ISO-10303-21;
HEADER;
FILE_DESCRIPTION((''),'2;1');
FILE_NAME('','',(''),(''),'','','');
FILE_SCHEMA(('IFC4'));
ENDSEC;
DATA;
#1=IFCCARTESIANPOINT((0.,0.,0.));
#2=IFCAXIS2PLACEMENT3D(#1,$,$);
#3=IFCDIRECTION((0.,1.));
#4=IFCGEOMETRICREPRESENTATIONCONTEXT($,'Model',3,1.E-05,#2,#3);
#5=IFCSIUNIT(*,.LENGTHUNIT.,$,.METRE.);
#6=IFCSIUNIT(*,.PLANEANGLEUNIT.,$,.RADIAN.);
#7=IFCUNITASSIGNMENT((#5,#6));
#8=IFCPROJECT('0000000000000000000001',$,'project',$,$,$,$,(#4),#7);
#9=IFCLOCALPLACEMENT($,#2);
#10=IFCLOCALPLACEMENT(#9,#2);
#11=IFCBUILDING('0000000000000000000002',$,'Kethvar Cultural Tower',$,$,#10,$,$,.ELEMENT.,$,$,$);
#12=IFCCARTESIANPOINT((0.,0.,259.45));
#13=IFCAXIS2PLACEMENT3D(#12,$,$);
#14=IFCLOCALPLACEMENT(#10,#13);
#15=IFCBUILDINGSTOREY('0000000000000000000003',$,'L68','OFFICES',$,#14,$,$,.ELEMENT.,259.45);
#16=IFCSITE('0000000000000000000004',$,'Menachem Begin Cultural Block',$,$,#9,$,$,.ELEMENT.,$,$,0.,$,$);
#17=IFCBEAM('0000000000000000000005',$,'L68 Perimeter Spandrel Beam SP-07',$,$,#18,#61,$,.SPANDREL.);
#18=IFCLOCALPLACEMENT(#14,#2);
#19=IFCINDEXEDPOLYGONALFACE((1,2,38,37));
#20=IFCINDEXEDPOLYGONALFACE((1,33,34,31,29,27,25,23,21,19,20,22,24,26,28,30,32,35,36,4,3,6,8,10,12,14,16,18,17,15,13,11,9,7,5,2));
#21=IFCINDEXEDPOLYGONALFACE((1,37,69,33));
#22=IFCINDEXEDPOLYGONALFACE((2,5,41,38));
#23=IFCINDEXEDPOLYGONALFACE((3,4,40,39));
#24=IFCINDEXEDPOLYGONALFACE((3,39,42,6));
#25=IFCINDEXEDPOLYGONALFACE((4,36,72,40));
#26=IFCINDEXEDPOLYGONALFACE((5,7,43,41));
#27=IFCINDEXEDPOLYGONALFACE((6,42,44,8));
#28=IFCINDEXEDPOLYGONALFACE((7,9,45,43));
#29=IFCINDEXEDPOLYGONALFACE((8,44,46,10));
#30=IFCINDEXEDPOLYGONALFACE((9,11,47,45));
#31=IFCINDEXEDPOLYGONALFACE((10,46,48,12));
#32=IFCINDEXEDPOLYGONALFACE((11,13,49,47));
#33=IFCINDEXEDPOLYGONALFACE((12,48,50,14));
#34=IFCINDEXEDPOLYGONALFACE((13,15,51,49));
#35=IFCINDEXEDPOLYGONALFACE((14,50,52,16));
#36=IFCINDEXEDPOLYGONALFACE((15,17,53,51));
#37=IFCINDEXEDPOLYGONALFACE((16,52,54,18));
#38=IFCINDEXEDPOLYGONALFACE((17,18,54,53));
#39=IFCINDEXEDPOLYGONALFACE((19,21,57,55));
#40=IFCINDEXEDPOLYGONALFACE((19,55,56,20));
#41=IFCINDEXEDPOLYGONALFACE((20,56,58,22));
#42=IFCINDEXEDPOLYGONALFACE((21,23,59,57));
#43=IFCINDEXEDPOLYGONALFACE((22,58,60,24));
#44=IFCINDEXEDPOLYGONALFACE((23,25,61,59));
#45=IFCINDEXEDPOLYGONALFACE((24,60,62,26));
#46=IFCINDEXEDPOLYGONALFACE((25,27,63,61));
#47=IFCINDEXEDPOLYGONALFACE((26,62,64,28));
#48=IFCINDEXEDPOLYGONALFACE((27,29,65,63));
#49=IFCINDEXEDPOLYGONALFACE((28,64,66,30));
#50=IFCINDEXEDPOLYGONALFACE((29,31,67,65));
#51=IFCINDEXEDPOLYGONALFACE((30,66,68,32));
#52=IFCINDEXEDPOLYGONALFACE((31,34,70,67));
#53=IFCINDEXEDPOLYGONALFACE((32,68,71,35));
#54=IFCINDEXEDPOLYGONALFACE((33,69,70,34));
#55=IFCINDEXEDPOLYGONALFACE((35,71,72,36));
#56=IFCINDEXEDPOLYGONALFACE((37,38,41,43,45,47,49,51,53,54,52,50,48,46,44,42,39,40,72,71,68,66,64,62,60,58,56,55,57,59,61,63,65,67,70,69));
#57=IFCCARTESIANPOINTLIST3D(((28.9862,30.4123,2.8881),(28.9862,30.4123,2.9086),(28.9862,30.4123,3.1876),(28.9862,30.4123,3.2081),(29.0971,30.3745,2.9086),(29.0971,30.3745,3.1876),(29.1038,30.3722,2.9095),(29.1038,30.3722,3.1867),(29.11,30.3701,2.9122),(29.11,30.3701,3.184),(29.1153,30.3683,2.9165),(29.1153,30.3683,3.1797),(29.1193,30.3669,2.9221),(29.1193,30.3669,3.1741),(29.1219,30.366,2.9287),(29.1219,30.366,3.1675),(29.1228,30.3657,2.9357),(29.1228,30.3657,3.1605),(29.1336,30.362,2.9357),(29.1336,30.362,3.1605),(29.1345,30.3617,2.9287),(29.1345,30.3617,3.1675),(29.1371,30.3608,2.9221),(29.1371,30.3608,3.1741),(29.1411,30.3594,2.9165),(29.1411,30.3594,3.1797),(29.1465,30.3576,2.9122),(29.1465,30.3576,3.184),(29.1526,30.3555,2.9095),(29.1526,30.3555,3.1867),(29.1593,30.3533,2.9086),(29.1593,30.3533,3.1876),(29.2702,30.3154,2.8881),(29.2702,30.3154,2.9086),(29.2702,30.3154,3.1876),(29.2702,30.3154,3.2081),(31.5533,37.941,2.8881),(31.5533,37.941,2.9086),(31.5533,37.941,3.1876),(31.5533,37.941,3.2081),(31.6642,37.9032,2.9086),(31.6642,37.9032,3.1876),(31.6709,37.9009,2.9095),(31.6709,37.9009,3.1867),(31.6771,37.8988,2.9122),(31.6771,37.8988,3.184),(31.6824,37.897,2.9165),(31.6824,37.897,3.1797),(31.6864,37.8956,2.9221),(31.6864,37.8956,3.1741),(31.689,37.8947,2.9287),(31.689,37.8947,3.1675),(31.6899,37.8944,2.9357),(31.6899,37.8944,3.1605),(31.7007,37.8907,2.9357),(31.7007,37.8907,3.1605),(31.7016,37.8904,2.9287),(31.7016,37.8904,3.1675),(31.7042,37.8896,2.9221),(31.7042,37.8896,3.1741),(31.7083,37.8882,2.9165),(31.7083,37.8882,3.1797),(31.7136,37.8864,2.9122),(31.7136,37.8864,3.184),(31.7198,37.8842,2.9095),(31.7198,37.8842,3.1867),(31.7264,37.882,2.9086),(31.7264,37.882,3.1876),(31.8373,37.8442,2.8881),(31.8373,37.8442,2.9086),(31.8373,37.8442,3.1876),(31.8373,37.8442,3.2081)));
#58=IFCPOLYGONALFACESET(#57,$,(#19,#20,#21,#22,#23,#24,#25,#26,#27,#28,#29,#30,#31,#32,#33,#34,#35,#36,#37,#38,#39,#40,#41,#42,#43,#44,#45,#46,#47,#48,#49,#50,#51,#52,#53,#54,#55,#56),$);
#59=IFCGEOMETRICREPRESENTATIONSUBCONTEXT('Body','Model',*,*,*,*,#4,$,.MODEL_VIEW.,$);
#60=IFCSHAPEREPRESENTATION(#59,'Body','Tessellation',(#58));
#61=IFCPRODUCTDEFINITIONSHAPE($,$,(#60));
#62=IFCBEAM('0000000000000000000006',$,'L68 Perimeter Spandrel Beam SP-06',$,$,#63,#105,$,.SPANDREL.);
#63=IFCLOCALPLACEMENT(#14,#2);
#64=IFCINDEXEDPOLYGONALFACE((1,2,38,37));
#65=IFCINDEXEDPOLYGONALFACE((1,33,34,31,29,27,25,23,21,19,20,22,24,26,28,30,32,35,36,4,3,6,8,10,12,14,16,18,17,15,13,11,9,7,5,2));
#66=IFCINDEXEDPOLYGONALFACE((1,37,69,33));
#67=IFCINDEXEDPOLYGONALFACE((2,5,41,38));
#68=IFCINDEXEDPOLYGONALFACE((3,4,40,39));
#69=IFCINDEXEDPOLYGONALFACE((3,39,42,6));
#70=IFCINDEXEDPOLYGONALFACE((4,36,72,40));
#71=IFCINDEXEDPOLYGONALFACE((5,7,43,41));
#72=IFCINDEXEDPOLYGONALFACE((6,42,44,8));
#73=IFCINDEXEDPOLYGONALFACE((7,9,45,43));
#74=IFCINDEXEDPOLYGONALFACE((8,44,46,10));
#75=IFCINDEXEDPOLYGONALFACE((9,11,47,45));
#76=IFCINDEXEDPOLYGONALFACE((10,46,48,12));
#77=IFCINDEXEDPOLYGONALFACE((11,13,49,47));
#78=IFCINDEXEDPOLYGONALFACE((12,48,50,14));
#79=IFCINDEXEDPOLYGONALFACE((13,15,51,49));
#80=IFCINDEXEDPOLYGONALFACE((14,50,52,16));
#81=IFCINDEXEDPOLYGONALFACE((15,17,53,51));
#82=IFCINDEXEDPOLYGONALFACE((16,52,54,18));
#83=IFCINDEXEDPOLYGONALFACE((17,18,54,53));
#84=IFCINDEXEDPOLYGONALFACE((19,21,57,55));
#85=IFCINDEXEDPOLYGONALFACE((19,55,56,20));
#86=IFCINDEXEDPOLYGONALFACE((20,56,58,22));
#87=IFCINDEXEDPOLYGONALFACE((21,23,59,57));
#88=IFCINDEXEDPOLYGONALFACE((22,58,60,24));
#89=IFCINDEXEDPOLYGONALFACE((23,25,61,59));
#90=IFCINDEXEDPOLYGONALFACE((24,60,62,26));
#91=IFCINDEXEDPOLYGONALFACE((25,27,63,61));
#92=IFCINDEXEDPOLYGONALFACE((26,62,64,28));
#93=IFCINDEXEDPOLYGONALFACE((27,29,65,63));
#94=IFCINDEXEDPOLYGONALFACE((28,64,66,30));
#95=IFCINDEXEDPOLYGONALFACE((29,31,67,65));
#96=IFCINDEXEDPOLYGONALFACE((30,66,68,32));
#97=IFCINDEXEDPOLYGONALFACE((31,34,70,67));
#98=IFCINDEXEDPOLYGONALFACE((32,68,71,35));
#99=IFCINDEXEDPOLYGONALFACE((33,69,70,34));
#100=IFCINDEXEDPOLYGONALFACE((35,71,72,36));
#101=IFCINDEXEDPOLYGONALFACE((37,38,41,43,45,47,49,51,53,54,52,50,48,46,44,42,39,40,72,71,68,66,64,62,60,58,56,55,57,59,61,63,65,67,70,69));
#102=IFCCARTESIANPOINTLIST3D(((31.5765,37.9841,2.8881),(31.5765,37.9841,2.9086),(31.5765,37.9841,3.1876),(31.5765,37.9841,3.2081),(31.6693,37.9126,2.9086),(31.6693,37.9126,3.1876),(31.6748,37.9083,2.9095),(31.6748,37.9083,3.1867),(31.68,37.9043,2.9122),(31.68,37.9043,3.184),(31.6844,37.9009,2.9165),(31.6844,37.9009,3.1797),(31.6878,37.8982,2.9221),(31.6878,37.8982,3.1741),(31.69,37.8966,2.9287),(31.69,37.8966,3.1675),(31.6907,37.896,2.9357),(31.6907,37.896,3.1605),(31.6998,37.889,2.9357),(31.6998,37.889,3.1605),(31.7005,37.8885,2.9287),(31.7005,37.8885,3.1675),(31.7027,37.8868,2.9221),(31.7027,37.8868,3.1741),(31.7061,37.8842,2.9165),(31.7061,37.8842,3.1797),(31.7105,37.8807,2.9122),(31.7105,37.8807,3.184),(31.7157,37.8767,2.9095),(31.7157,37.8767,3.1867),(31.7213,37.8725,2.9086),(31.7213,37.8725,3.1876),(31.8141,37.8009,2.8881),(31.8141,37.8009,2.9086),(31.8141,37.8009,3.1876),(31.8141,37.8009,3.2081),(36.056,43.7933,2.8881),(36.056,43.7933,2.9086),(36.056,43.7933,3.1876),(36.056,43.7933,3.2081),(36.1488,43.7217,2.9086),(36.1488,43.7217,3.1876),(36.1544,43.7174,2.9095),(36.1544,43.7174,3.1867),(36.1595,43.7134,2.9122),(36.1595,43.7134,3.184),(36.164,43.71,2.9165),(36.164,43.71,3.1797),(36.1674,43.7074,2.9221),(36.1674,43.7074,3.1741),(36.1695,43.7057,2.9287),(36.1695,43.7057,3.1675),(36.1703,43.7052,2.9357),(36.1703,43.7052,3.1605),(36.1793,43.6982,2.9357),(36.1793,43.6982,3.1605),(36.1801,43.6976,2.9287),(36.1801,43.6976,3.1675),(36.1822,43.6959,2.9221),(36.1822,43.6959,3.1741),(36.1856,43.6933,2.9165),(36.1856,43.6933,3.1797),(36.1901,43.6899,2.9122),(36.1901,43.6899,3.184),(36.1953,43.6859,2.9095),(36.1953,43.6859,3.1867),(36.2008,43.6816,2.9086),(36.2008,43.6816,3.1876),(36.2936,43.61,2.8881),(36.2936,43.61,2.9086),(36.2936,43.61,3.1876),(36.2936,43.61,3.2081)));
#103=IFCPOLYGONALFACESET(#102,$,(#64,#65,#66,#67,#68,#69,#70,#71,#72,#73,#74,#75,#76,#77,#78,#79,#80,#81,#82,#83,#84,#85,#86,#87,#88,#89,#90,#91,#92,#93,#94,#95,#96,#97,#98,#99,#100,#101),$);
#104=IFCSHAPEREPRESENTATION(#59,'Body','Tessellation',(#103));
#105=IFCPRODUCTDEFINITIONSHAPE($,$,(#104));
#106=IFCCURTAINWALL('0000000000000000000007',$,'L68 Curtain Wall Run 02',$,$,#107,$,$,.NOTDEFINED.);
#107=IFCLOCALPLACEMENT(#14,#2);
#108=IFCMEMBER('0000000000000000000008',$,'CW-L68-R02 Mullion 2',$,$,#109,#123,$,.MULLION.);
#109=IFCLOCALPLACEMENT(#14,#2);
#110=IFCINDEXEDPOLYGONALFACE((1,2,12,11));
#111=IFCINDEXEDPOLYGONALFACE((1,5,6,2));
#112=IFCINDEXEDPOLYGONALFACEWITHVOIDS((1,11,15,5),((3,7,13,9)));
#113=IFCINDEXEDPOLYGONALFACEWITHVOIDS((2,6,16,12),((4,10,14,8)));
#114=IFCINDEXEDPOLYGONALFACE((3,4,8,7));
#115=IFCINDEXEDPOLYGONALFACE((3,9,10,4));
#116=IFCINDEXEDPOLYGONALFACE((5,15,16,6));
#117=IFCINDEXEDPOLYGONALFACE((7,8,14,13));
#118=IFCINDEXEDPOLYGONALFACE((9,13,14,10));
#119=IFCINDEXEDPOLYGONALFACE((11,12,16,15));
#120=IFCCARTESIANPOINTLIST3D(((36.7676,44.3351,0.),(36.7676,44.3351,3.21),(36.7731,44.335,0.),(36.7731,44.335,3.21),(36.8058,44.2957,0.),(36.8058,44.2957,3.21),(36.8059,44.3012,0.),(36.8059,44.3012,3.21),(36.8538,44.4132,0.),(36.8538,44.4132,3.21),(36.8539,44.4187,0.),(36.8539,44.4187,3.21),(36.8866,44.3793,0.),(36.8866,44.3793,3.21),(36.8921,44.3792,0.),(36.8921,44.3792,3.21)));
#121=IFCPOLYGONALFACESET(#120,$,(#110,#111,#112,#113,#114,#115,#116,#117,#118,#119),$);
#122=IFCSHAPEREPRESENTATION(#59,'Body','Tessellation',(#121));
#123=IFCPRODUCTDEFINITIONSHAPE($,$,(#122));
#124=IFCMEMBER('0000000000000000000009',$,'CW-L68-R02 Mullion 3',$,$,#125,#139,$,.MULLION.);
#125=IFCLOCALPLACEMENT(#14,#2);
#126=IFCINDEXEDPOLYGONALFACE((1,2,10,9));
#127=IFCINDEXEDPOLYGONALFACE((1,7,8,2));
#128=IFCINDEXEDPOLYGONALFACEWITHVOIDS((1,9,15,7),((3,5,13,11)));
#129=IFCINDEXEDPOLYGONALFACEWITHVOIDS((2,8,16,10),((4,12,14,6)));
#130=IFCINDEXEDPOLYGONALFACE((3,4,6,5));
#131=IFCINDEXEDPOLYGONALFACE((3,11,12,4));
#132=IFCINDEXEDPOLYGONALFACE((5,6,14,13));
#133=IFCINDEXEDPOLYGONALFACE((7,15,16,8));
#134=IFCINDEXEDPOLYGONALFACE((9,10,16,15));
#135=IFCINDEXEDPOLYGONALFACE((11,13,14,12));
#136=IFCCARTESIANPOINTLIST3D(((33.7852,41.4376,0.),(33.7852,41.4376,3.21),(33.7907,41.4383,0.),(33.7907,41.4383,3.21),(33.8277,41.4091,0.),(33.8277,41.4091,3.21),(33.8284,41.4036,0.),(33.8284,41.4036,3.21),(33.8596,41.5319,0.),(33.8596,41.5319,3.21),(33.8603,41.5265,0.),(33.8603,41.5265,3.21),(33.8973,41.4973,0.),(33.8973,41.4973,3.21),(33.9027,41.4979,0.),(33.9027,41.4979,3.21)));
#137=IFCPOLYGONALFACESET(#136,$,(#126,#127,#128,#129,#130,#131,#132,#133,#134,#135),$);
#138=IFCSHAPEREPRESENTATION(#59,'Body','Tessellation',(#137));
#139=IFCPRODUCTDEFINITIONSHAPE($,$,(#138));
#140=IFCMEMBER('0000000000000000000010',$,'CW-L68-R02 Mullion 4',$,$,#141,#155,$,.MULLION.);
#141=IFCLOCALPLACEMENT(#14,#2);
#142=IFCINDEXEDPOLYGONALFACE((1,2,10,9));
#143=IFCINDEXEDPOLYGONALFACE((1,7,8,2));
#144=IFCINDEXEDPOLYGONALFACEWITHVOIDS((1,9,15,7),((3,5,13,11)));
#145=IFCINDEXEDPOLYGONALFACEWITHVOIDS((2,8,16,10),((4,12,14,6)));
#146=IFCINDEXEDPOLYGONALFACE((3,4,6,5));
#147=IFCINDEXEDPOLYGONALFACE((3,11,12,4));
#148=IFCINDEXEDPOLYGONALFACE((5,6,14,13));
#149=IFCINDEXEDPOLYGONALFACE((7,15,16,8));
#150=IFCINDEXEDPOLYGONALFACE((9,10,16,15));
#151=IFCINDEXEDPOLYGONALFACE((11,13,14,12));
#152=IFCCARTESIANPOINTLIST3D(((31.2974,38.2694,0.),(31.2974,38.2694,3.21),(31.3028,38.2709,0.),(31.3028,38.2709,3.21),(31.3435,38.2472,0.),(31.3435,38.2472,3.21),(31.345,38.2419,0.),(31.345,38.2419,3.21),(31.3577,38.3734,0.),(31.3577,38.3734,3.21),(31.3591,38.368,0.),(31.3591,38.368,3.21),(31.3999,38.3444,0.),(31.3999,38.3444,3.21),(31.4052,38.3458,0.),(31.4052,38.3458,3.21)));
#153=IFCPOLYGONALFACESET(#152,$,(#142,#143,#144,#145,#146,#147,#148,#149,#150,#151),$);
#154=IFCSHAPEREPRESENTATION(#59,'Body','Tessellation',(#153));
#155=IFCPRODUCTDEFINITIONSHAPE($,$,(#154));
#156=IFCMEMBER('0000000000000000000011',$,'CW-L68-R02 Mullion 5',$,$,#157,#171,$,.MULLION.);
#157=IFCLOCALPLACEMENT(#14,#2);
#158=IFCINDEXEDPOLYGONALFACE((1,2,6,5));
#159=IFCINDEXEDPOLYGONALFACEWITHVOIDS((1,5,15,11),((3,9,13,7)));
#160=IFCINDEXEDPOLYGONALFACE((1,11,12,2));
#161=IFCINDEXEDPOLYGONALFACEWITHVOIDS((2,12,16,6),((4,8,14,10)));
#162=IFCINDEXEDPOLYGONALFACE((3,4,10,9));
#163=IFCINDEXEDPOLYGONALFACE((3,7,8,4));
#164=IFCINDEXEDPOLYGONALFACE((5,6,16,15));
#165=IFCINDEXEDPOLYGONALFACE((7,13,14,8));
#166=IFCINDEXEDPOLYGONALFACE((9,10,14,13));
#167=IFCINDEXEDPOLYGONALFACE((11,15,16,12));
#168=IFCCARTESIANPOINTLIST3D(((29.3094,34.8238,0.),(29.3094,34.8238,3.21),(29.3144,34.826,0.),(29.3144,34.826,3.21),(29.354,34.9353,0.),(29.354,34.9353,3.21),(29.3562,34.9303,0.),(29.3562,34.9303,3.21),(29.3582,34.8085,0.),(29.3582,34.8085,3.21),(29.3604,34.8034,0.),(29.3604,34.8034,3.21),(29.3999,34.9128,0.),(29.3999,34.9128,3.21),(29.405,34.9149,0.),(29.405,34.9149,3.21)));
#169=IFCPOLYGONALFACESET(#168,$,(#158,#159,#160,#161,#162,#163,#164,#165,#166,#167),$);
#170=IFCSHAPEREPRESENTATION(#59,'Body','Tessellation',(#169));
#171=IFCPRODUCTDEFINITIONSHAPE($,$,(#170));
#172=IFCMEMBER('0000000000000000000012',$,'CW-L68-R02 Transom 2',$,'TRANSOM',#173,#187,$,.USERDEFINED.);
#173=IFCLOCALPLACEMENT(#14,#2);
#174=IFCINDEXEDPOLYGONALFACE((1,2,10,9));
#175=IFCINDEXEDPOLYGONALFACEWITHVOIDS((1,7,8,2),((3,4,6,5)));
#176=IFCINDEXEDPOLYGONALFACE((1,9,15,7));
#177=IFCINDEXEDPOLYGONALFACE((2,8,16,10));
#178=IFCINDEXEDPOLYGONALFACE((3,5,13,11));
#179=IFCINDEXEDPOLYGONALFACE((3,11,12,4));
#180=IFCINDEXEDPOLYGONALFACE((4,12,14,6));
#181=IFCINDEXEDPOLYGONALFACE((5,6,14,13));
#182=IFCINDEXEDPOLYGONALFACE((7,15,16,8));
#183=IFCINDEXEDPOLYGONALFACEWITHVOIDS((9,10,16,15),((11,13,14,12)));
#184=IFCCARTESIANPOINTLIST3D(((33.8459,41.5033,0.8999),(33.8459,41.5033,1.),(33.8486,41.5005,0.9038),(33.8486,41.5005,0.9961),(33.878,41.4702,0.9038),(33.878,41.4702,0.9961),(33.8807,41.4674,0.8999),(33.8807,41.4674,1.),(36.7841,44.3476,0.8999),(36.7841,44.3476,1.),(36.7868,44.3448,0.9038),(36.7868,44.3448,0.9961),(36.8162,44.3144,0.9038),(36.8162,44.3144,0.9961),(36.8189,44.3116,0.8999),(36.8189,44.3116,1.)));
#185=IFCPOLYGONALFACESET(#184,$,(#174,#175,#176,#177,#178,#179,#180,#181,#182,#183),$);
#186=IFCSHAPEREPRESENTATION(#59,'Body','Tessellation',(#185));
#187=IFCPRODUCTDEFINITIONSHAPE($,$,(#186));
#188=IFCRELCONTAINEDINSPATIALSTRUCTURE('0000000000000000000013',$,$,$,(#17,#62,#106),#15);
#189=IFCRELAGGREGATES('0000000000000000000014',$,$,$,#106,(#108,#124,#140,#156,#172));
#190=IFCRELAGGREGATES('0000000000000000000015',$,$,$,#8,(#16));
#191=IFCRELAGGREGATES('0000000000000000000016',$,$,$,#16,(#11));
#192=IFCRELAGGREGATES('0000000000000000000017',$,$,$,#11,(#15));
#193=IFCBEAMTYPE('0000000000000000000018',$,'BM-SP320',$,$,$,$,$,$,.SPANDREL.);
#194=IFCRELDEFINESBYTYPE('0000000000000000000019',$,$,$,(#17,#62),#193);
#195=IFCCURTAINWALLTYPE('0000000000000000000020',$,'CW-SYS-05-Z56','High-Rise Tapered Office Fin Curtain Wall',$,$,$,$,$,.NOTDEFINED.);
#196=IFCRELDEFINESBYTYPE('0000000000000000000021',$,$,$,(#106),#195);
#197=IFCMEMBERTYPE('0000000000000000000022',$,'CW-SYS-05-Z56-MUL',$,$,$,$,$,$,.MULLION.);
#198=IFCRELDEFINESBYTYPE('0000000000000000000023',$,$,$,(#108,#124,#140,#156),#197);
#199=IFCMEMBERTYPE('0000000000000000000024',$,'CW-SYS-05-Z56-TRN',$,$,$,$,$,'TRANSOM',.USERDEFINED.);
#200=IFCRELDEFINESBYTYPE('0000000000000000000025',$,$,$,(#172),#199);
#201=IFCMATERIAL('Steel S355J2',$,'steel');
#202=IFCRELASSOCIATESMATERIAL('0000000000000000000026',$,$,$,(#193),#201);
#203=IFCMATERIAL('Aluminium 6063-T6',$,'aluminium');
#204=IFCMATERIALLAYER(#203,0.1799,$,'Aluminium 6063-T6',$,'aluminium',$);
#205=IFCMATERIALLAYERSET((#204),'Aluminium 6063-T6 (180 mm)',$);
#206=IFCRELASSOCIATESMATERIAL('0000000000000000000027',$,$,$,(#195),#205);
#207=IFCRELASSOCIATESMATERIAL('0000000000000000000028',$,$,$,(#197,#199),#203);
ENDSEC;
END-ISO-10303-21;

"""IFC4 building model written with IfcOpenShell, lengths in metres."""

from ifc_helpers import new_model, si_unit, direction, frame, origin, origin_2d, place, context, subcontext, project, spatial, hollow_rectangle, i_section, extrude, source, transform, mapped, material, layer, layer_set, material_profile, profile_set, type_object, element, aggregate, save


model = new_model("IFC4")

# Units and contexts
model_context = context("Model", 3, precision=1e-05, world=origin(), true_north=direction((0.0, 1.0)))
body_context = subcontext(model_context, "Body", "Model", "MODEL_VIEW")
ifc_project = project(units=[si_unit("LENGTHUNIT", "METRE"), si_unit("PLANEANGLEUNIT", "RADIAN")], contexts=[model_context])

# Site, building, storey
site_placement = place(None, origin())
site = spatial("IfcSite", under=ifc_project, at=site_placement, Name="Menachem Begin Cultural Block", CompositionType="ELEMENT", RefElevation=0.0)
building_placement = place(site_placement, origin())
building = spatial("IfcBuilding", under=site, at=building_placement, Name="Kethvar Cultural Tower", CompositionType="ELEMENT")
storey_placement = place(building_placement, frame((0.0, 0.0, 259.45)))
storey = spatial("IfcBuildingStorey", under=building, at=storey_placement, Name="L68", Description="OFFICES", CompositionType="ELEMENT", Elevation=259.45)

# Beams
ifc_material_1 = material(Name="Steel S355J2", Category="steel")
ifc_material_profile_1 = material_profile(ifc_material_1, i_section(OverallWidth=0.3, OverallDepth=0.3201, WebThickness=0.0115, FlangeThickness=0.0205, FilletRadius=0.0271, at=origin_2d()), Name="Steel S355J2 — HEB320")
ifc_profile_set_1 = profile_set([ifc_material_profile_1], Name="Steel S355J2 — HEB320")
beam_type_1 = type_object("IfcBeamType", Name="BM-SP320", PredefinedType="SPANDREL", material=ifc_profile_set_1)
shared_shape_1 = source(origin(), body_context, "Body", "SweptSolid", [
    extrude(i_section(OverallWidth=0.3, OverallDepth=0.3201, WebThickness=0.0115, FlangeThickness=0.0205, FilletRadius=0.0271, at=origin_2d()), origin(), (0.0, 0.0, 1.0), 7.9543),
])
beam_1_placement = place(storey_placement, frame((31.6953, 37.8926, 3.0481), z_axis=(-0.32273, -0.946491, 0.0), x_axis=(0.946491, -0.32273, 0.0)))
element("IfcBeam", 1, at=beam_1_placement, inside=storey, type_object=beam_type_1, Name="L68 Perimeter Spandrel Beam SP-07", PredefinedType="SPANDREL", context=body_context, shape_type="MappedRepresentation", body=[
    mapped(shared_shape_1, transform((0.0, 0.0, 0.0), scale=1.0)),
])
shared_shape_2 = source(origin(), body_context, "Body", "SweptSolid", [
    extrude(i_section(OverallWidth=0.3, OverallDepth=0.3201, WebThickness=0.0115, FlangeThickness=0.0205, FilletRadius=0.0271, at=origin_2d()), origin(), (0.0, 0.0, 1.0), 7.3357),
])
beam_2_placement = place(storey_placement, frame((36.1748, 43.7017, 3.0481), z_axis=(-0.61065, -0.791901, 0.0), x_axis=(0.791901, -0.61065, 0.0)))
element("IfcBeam", 2, at=beam_2_placement, inside=storey, type_object=beam_type_1, Name="L68 Perimeter Spandrel Beam SP-06", PredefinedType="SPANDREL", context=body_context, shape_type="MappedRepresentation", body=[
    mapped(shared_shape_2, transform((0.0, 0.0, 0.0), scale=1.0)),
])

# Curtain wall, members
ifc_material_2 = material(Name="Aluminium 6063-T6", Category="aluminium")
ifc_layer_1 = layer(ifc_material_2, 0.1799, Name="Aluminium 6063-T6", Category="aluminium")
ifc_layer_set_1 = layer_set([ifc_layer_1], Name="Aluminium 6063-T6 (180 mm)")
curtain_wall_type = type_object("IfcCurtainWallType", Name="CW-SYS-05-Z56", Description="High-Rise Tapered Office Fin Curtain Wall", PredefinedType="NOTDEFINED", material=ifc_layer_set_1)
curtain_wall_placement = place(storey_placement, origin())
curtain_wall = element("IfcCurtainWall", 3, at=curtain_wall_placement, inside=storey, type_object=curtain_wall_type, Name="L68 Curtain Wall Run 02", PredefinedType="NOTDEFINED")
ifc_material_profile_2 = material_profile(ifc_material_2, hollow_rectangle(XDim=0.0549, YDim=0.1201, WallThickness=0.0039, at=origin_2d()), Name="Aluminium 6063-T6 — RHS120x55x4")
ifc_profile_set_2 = profile_set([ifc_material_profile_2], Name="Aluminium 6063-T6 — RHS120x55x4")
member_type_1 = type_object("IfcMemberType", Name="CW-SYS-05-Z56-MUL", PredefinedType="MULLION", material=ifc_profile_set_2)
shared_shape_3 = source(origin(), body_context, "Body", "SweptSolid", [
    extrude(hollow_rectangle(XDim=0.0549, YDim=0.1201, WallThickness=0.0039, at=origin_2d()), origin(), (0.0, 0.0, 1.0), 3.21),
])
member_1_placement = place(storey_placement, frame((36.8298, 44.3572, 0.0), z_axis=(0.0, 0.0, 1.0), x_axis=(0.695537, -0.718491, 0.0)))
member_1 = element("IfcMember", 4, at=member_1_placement, type_object=member_type_1, Name="CW-L68-R02 Mullion 2", PredefinedType="MULLION", context=body_context, shape_type="MappedRepresentation", body=[
    mapped(shared_shape_3, transform((0.0, 0.0, 0.0), scale=1.0)),
])
member_2_placement = place(storey_placement, frame((33.844, 41.4678, 0.0), z_axis=(0.0, 0.0, 1.0), x_axis=(0.785295, -0.619121, 0.0)))
member_2 = element("IfcMember", 5, at=member_2_placement, type_object=member_type_1, Name="CW-L68-R02 Mullion 3", PredefinedType="MULLION", context=body_context, shape_type="MappedRepresentation", body=[
    mapped(shared_shape_3, transform((0.0, 0.0, 0.0), scale=1.0)),
])
member_3_placement = place(storey_placement, frame((31.3513, 38.3076, 0.0), z_axis=(0.0, 0.0, 1.0), x_axis=(0.865169, -0.501481, 0.0)))
member_3 = element("IfcMember", 6, at=member_3_placement, type_object=member_type_1, Name="CW-L68-R02 Mullion 4", PredefinedType="MULLION", context=body_context, shape_type="MappedRepresentation", body=[
    mapped(shared_shape_3, transform((0.0, 0.0, 0.0), scale=1.0)),
])
member_4_placement = place(storey_placement, frame((29.3572, 34.8694, 0.0), z_axis=(0.0, 0.0, 1.0), x_axis=(0.928421, -0.37153, 0.0)))
member_4 = element("IfcMember", 7, at=member_4_placement, type_object=member_type_1, Name="CW-L68-R02 Mullion 5", PredefinedType="MULLION", context=body_context, shape_type="MappedRepresentation", body=[
    mapped(shared_shape_3, transform((0.0, 0.0, 0.0), scale=1.0)),
])
ifc_material_profile_3 = material_profile(ifc_material_2, hollow_rectangle(XDim=0.05, YDim=0.1001, WallThickness=0.0039, at=origin_2d()), Name="Aluminium 6063-T6 — RHS100x50x4")
ifc_profile_set_3 = profile_set([ifc_material_profile_3], Name="Aluminium 6063-T6 — RHS100x50x4")
member_type_2 = type_object("IfcMemberType", Name="CW-SYS-05-Z56-TRN", ElementType="TRANSOM", PredefinedType="USERDEFINED", material=ifc_profile_set_3)
shared_shape_4 = source(origin(), body_context, "Body", "SweptSolid", [
    extrude(hollow_rectangle(XDim=0.05, YDim=0.1001, WallThickness=0.0039, at=origin_2d()), origin(), (0.0, 0.0, 1.0), 4.0894),
])
member_5_placement = place(storey_placement, frame((36.8015, 44.3296, 0.95), z_axis=(-0.718506, -0.695521, 0.0), x_axis=(0.695521, -0.718506, 0.0)))
member_5 = element("IfcMember", 8, at=member_5_placement, type_object=member_type_2, Name="CW-L68-R02 Transom 2", ObjectType="TRANSOM", PredefinedType="USERDEFINED", context=body_context, shape_type="MappedRepresentation", body=[
    mapped(shared_shape_4, transform((0.0, 0.0, 0.0), scale=1.0)),
])
aggregate(curtain_wall, [member_1, member_2, member_3, member_4, member_5])

save(model, "model.ifc")
